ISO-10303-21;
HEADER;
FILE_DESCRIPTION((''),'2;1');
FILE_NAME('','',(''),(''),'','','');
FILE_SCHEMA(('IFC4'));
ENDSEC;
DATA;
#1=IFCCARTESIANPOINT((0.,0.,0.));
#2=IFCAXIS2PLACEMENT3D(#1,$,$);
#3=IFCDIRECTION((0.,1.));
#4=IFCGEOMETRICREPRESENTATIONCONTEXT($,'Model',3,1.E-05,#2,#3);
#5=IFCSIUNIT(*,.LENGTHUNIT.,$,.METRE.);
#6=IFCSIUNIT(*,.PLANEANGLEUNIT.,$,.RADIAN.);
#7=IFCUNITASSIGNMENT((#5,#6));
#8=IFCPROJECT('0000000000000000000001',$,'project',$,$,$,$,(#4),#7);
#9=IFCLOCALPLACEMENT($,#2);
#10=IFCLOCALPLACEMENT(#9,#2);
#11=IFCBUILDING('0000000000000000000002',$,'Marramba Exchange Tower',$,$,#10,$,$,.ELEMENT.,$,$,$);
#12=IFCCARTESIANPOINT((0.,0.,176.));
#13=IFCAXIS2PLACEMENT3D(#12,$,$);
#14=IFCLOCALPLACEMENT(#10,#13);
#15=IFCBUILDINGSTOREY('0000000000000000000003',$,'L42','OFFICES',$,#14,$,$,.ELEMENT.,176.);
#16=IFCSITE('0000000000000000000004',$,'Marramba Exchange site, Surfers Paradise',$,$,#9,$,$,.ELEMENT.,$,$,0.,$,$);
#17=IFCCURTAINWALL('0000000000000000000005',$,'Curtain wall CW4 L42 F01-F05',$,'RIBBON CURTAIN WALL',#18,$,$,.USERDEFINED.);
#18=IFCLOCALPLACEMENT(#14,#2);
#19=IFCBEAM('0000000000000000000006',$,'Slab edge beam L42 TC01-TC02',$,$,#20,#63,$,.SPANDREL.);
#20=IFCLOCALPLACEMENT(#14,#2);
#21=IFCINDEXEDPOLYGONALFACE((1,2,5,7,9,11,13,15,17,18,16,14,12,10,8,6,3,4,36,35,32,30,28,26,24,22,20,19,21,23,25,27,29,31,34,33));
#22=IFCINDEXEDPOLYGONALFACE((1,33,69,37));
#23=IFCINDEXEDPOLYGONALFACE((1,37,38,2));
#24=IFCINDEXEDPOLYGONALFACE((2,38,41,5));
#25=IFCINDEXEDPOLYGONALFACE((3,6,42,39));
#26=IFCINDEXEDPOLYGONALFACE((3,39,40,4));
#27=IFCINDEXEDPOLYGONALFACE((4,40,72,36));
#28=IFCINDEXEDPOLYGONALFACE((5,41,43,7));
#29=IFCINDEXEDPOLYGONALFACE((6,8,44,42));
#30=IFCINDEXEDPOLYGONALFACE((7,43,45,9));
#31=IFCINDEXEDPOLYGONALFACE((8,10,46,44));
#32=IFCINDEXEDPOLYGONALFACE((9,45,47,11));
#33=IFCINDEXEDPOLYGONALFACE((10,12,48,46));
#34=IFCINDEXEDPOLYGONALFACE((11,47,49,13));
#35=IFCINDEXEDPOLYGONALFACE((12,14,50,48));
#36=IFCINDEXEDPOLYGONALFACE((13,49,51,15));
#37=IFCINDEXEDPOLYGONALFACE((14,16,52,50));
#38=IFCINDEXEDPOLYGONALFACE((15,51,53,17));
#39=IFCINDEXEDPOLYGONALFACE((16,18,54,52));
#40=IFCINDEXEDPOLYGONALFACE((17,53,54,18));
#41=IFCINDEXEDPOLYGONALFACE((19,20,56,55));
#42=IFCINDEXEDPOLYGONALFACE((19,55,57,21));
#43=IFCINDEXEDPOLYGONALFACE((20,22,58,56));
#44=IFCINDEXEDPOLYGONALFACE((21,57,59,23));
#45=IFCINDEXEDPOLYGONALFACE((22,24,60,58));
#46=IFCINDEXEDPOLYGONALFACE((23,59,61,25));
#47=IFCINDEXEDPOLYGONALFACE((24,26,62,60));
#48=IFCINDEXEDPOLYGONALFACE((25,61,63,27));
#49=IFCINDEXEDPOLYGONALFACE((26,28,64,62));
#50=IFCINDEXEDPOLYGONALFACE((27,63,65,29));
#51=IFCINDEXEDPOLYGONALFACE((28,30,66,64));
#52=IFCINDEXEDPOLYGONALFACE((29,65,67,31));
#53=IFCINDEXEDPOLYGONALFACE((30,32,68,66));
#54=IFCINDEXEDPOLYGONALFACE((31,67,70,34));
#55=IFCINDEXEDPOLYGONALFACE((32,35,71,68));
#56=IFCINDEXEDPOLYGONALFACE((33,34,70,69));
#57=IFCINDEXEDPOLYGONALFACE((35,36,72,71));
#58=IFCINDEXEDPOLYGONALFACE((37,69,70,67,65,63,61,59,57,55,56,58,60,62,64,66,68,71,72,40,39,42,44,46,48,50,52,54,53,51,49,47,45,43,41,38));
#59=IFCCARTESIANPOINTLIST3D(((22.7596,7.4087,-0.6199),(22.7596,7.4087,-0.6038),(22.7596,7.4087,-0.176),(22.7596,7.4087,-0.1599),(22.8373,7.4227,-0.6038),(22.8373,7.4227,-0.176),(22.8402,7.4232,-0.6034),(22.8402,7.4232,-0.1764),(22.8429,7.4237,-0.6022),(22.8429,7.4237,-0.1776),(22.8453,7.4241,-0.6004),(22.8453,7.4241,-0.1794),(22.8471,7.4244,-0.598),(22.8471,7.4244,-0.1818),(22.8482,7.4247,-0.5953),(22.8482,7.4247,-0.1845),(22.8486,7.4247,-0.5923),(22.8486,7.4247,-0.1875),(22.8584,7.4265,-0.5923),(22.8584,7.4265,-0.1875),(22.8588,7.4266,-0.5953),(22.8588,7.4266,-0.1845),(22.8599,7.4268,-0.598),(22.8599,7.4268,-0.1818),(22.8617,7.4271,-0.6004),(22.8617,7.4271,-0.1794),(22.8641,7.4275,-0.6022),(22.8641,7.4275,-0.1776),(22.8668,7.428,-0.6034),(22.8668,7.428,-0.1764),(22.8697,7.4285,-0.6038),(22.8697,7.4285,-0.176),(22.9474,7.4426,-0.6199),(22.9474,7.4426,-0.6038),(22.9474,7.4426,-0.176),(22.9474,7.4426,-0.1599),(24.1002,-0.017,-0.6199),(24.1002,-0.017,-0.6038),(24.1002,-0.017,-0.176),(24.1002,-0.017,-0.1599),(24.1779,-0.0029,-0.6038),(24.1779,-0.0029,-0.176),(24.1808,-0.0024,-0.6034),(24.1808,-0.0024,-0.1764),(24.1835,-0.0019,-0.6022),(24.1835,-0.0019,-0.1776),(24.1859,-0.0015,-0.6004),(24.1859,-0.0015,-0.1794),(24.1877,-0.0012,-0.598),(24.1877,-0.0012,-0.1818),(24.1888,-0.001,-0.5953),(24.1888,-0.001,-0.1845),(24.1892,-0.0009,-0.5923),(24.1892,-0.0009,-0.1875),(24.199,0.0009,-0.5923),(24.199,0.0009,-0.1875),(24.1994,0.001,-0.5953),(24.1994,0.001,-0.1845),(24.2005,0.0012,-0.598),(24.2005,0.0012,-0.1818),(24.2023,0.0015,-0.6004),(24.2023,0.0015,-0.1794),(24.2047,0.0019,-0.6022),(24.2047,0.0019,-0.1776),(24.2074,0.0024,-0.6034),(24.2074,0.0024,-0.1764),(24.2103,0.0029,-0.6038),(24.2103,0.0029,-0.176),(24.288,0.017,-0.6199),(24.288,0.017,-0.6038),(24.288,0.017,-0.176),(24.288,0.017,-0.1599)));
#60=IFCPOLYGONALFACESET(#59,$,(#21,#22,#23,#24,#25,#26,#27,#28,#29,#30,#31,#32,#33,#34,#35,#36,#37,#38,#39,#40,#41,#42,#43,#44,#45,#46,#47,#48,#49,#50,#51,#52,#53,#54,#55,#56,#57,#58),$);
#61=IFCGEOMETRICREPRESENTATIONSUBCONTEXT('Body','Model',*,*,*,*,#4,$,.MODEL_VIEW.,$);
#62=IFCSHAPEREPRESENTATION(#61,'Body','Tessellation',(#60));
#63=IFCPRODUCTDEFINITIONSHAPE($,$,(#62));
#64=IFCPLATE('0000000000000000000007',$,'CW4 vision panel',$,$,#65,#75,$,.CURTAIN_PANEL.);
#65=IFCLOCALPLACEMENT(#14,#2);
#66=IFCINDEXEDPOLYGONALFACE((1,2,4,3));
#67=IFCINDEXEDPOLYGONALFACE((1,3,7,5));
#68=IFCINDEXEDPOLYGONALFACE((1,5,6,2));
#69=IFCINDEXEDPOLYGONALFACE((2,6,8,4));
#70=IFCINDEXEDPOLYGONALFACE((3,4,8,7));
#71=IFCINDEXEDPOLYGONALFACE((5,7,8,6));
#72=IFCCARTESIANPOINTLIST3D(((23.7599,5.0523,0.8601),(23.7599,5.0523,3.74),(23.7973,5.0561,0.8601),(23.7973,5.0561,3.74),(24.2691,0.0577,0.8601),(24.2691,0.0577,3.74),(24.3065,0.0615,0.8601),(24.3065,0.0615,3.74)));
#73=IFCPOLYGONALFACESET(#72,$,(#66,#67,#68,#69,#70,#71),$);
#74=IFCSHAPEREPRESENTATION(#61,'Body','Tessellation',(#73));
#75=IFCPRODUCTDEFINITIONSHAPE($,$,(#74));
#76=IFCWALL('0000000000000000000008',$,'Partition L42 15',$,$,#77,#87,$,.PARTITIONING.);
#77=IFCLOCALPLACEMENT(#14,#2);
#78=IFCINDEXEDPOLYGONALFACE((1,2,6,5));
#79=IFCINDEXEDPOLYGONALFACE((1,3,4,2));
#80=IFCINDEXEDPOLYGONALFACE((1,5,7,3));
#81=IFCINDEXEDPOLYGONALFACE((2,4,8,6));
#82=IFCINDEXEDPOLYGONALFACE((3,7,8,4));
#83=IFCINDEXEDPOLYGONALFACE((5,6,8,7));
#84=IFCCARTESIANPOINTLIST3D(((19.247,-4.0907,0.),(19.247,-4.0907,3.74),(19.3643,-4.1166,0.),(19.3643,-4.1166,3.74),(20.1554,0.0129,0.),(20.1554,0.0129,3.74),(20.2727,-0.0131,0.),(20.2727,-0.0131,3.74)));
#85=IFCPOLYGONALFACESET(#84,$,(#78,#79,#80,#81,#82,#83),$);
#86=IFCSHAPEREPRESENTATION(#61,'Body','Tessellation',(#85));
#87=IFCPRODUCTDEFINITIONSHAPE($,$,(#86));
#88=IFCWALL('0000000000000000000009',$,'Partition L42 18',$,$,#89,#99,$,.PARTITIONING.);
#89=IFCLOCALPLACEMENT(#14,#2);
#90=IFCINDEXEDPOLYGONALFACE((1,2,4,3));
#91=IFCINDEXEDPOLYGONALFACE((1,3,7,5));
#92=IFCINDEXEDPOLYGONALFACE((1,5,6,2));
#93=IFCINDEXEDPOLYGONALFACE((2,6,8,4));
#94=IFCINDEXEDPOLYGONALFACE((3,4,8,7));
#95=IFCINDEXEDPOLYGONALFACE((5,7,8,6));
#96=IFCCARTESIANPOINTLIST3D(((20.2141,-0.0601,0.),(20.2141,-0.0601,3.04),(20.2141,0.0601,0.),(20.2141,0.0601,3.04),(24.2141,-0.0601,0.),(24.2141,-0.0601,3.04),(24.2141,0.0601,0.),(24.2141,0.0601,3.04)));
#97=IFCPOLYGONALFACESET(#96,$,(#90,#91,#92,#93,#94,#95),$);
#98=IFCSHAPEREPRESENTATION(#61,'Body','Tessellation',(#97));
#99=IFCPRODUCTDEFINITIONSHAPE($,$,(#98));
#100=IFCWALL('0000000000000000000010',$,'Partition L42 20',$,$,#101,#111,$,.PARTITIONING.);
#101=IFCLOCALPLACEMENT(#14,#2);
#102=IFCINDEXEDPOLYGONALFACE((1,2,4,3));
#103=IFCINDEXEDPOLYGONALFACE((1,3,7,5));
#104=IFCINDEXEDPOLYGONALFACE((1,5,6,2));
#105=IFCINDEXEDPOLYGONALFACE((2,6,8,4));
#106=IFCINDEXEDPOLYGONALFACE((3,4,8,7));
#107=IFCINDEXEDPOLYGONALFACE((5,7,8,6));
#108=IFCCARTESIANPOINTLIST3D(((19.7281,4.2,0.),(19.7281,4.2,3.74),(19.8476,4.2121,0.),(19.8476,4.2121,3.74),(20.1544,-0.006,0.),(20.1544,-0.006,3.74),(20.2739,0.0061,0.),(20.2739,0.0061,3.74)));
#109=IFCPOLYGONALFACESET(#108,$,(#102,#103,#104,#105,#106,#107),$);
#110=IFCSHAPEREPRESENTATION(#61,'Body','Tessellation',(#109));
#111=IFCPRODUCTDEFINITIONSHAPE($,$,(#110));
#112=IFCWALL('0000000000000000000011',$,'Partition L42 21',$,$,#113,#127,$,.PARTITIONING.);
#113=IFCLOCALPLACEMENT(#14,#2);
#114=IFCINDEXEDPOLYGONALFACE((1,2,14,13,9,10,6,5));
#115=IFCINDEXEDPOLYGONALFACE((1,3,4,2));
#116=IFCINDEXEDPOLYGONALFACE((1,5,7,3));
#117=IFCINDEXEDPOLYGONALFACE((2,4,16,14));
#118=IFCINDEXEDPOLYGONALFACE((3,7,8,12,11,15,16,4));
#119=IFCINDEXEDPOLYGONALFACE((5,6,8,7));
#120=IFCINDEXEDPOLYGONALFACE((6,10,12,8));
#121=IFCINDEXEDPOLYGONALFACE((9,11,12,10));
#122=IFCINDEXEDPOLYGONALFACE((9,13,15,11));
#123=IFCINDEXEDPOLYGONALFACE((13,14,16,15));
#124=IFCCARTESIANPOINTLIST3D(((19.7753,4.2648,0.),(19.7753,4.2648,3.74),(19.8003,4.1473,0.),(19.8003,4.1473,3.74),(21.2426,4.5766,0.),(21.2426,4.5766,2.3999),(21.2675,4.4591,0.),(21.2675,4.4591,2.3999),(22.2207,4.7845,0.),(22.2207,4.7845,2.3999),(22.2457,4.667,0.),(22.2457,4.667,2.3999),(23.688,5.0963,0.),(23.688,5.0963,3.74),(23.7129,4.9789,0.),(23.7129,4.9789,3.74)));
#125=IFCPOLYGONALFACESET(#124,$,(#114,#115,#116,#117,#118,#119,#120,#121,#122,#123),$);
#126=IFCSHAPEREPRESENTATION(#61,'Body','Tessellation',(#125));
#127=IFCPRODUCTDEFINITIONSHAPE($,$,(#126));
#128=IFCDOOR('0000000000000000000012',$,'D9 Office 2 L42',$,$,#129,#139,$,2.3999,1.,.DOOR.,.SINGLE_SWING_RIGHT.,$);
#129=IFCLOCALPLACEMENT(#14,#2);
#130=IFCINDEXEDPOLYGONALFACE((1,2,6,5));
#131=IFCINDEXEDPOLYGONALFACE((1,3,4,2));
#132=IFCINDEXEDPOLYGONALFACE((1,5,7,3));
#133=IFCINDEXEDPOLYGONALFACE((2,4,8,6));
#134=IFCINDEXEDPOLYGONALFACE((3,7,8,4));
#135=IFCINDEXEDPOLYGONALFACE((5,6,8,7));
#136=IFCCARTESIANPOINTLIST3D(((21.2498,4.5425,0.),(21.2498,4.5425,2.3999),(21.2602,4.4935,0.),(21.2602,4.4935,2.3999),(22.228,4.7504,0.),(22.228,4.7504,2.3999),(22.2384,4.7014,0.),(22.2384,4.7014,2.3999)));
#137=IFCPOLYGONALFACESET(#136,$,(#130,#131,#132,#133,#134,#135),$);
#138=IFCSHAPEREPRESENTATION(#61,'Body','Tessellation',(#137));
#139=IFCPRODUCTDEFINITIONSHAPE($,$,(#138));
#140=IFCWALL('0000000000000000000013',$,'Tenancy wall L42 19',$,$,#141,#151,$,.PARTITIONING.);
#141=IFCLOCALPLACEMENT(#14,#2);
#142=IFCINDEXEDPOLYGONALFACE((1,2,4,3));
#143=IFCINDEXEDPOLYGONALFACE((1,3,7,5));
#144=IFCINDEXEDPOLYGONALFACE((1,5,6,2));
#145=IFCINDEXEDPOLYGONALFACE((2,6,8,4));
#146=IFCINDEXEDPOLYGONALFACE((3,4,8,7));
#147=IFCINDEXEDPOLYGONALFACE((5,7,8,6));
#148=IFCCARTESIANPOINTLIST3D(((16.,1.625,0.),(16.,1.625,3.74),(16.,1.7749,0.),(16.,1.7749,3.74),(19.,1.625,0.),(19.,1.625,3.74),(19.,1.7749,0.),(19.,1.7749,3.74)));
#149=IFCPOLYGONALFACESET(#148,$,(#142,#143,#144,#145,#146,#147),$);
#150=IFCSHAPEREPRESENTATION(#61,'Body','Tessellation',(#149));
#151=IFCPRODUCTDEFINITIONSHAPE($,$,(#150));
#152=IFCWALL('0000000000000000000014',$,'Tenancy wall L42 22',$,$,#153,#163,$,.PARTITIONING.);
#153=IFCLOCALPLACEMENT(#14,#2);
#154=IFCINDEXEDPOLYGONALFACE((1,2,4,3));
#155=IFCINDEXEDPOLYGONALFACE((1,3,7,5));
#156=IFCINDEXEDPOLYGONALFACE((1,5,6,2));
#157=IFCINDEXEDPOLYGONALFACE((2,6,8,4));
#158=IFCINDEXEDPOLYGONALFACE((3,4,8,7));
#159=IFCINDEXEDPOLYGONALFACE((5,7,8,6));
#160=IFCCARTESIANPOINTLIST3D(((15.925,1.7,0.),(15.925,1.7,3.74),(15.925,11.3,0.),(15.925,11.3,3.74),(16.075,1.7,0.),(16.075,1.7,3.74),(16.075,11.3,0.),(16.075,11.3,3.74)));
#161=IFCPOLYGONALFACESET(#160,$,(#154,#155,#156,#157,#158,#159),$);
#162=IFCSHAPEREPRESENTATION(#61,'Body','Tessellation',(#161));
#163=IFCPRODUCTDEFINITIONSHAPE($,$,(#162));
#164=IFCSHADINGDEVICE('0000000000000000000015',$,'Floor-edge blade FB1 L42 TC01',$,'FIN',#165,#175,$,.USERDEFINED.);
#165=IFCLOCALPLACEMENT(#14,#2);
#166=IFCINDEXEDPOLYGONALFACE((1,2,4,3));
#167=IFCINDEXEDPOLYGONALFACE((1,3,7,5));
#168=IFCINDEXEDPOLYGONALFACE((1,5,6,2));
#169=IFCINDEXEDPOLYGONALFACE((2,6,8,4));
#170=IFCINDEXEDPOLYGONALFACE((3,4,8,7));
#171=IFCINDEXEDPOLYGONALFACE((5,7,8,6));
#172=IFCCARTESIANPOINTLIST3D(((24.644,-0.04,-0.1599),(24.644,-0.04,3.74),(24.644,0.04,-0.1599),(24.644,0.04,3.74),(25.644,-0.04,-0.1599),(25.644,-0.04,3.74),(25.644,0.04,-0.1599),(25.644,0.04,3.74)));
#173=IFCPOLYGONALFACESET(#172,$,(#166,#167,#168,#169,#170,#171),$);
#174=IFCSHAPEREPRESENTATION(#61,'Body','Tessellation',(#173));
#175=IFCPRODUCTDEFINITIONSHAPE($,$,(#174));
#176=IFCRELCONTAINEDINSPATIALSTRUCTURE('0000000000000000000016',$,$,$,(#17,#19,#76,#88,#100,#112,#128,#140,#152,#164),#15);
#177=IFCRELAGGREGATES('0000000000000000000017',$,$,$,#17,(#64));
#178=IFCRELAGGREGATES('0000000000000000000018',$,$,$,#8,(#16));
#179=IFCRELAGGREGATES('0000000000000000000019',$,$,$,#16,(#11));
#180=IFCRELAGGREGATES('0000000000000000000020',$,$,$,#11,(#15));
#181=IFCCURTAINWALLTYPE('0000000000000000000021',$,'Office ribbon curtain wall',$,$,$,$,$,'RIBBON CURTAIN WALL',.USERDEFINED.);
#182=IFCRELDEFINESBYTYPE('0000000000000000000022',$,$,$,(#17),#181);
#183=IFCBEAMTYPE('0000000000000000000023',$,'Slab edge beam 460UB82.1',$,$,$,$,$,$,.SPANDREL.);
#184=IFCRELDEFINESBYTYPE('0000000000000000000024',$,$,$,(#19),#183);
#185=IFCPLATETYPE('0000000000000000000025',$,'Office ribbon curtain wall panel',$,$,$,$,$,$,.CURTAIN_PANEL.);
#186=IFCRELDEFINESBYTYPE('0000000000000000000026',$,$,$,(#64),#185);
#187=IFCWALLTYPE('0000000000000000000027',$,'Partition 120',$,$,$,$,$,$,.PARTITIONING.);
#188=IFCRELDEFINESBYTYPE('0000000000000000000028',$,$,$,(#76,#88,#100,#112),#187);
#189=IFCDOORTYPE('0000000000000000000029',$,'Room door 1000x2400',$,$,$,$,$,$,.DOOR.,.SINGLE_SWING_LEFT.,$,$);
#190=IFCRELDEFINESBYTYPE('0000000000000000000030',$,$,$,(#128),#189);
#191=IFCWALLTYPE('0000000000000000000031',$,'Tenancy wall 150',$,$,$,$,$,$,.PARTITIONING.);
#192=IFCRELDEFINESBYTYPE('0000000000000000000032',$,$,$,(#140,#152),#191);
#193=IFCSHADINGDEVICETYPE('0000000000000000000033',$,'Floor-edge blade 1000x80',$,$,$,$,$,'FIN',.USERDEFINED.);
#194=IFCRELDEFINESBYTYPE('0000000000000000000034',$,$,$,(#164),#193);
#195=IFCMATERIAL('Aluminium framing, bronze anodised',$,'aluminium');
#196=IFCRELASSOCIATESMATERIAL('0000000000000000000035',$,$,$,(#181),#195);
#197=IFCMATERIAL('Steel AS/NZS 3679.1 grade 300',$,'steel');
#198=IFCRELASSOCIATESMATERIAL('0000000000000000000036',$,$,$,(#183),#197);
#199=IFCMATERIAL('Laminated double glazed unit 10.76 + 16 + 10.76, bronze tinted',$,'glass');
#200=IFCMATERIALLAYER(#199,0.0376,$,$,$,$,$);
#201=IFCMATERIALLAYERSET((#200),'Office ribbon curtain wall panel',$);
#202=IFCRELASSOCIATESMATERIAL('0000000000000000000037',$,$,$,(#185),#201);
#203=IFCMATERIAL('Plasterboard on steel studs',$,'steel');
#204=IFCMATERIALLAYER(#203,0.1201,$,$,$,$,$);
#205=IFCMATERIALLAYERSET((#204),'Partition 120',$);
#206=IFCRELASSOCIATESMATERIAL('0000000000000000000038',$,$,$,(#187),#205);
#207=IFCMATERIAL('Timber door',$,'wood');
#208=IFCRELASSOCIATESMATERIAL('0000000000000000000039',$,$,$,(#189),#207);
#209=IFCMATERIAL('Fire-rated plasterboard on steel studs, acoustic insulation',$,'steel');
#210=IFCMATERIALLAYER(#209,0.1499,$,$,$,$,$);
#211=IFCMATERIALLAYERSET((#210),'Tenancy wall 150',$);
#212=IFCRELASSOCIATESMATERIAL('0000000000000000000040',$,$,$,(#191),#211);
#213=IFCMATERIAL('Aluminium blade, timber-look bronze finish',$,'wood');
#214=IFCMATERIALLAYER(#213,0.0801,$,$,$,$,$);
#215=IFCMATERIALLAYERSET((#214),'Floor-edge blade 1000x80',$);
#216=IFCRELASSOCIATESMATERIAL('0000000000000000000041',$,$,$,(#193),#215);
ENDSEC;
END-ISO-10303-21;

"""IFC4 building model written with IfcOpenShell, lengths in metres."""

from ifc_helpers import new_model, si_unit, direction, frame, frame_2d, origin, origin_2d, place, context, subcontext, project, spatial, rectangle, i_section, extrude, material, layer, layer_set, material_profile, profile_set, type_object, element, fill, aggregate, save


model = new_model("IFC4")

# Units and contexts
model_context = context("Model", 3, precision=1e-05, world=origin(), true_north=direction((0.0, 1.0)))
body_context = subcontext(model_context, "Body", "Model", "MODEL_VIEW")
ifc_project = project(units=[si_unit("LENGTHUNIT", "METRE"), si_unit("PLANEANGLEUNIT", "RADIAN")], contexts=[model_context])

# Site, building, storey
site_placement = place(None, origin())
site = spatial("IfcSite", under=ifc_project, at=site_placement, Name="Marramba Exchange site, Surfers Paradise", CompositionType="ELEMENT", RefElevation=0.0)
building_placement = place(site_placement, origin())
building = spatial("IfcBuilding", under=site, at=building_placement, Name="Marramba Exchange Tower", CompositionType="ELEMENT")
storey_placement = place(building_placement, frame((0.0, 0.0, 176.0)))
storey = spatial("IfcBuildingStorey", under=building, at=storey_placement, Name="L42", Description="OFFICES", CompositionType="ELEMENT", Elevation=176.0)

# Shared definitions
ifc_material_1 = material(Name="Steel AS/NZS 3679.1 grade 300", Category="steel")

# Curtain wall
ifc_material_2 = material(Name="Aluminium framing, bronze anodised", Category="aluminium")
curtain_wall_type = type_object("IfcCurtainWallType", Name="Office ribbon curtain wall", ElementType="RIBBON CURTAIN WALL", PredefinedType="USERDEFINED", material=ifc_material_2)
curtain_wall_placement = place(storey_placement, origin())
curtain_wall = element("IfcCurtainWall", 1, at=curtain_wall_placement, inside=storey, type_object=curtain_wall_type, Name="Curtain wall CW4 L42 F01-F05", ObjectType="RIBBON CURTAIN WALL", PredefinedType="USERDEFINED")

# Beam
ifc_material_profile_1 = material_profile(ifc_material_1, i_section(OverallWidth=0.1909, OverallDepth=0.46, WebThickness=0.01, FlangeThickness=0.0161, FilletRadius=0.0115, at=origin_2d()), Name="460UB82.1")
ifc_profile_set_1 = profile_set([ifc_material_profile_1], Name="Steel AS/NZS 3679.1 grade 300")
beam_type_1 = type_object("IfcBeamType", Name="Slab edge beam 460UB82.1", PredefinedType="SPANDREL", material=ifc_profile_set_1)
beam_1_placement = place(storey_placement, frame((24.1941, 0.0, -0.3899), z_axis=(-0.177664, 0.984091, 0.0), x_axis=(-0.984091, -0.177664, 0.0)))
element("IfcBeam", 2, at=beam_1_placement, inside=storey, type_object=beam_type_1, Name="Slab edge beam L42 TC01-TC02", PredefinedType="SPANDREL", context=body_context, shape_type="SweptSolid", body=[
    extrude(i_section(OverallWidth=0.1909, OverallDepth=0.46, WebThickness=0.01, FlangeThickness=0.0161, FilletRadius=0.0115, at=origin_2d()), origin(), (0.0, 0.0, 1.0), 7.5457),
])

# Plate
ifc_material_3 = material(Name="Laminated double glazed unit 10.76 + 16 + 10.76, bronze tinted", Category="glass")
ifc_layer_1 = layer(ifc_material_3, 0.0376)
ifc_layer_set_1 = layer_set([ifc_layer_1], Name="Office ribbon curtain wall panel")
plate_type = type_object("IfcPlateType", Name="Office ribbon curtain wall panel", PredefinedType="CURTAIN_PANEL", material=ifc_layer_set_1)
plate_placement = place(storey_placement, frame((24.0332, 2.5569, 0.8601), z_axis=(0.0, 0.0, 1.0), x_axis=(-0.101422, 0.994843, 0.0)))
plate = element("IfcPlate", 3, at=plate_placement, type_object=plate_type, Name="CW4 vision panel", PredefinedType="CURTAIN_PANEL", context=body_context, shape_type="SweptSolid", body=[
    extrude(rectangle(XDim=5.0205, YDim=0.0376, at=origin_2d()), origin(), (0.0, 0.0, 1.0), 2.8799),
])
aggregate(curtain_wall, [plate])

# Walls
ifc_material_4 = material(Name="Plasterboard on steel studs", Category="steel")
ifc_layer_2 = layer(ifc_material_4, 0.1201)
ifc_layer_set_2 = layer_set([ifc_layer_2], Name="Partition 120")
wall_type_1 = type_object("IfcWallType", Name="Partition 120", PredefinedType="PARTITIONING", material=ifc_layer_set_2)
wall_1_placement = place(storey_placement, frame((20.2141, 0.0, 0.0), z_axis=(0.0, 0.0, 1.0), x_axis=(-0.216149, -0.97636, 0.0)))
element("IfcWall", 4, at=wall_1_placement, inside=storey, type_object=wall_type_1, Name="Partition L42 15", PredefinedType="PARTITIONING", context=body_context, shape_type="SweptSolid", body=[
    extrude(rectangle(XDim=4.2029, YDim=0.1201, at=frame_2d((2.1016, 0.0))), origin(), (0.0, 0.0, 1.0), 3.74),
])
wall_2_placement = place(storey_placement, frame((20.2141, 0.0, 0.0), z_axis=(0.0, 0.0, 1.0), x_axis=(1.0, 0.0, 0.0)))
element("IfcWall", 5, at=wall_2_placement, inside=storey, type_object=wall_type_1, Name="Partition L42 18", PredefinedType="PARTITIONING", context=body_context, shape_type="SweptSolid", body=[
    extrude(rectangle(XDim=4.0, YDim=0.1201, at=frame_2d((2.0, 0.0))), origin(), (0.0, 0.0, 1.0), 3.04),
])
wall_3_placement = place(storey_placement, frame((19.7878, 4.2061, 0.0), z_axis=(0.0, 0.0, 1.0), x_axis=(0.10083, -0.994904, 0.0)))
element("IfcWall", 6, at=wall_3_placement, inside=storey, type_object=wall_type_1, Name="Partition L42 20", PredefinedType="PARTITIONING", context=body_context, shape_type="SweptSolid", body=[
    extrude(rectangle(XDim=4.2275, YDim=0.1201, at=frame_2d((2.1138, 0.0))), origin(), (0.0, 0.0, 1.0), 3.74),
])

# Wall, opening, door
wall_4_placement = place(storey_placement, frame((23.7004, 5.0376, 0.0), z_axis=(0.0, 0.0, 1.0), x_axis=(-0.978153, -0.207886, 0.0)))
wall_4 = element("IfcWall", 7, at=wall_4_placement, inside=storey, type_object=wall_type_1, Name="Partition L42 21", PredefinedType="PARTITIONING", context=body_context, shape_type="SweptSolid", body=[
    extrude(rectangle(XDim=4.0, YDim=0.1201, at=frame_2d((2.0, 0.0))), origin(), (0.0, 0.0, 1.0), 3.74),
])
opening_placement = place(wall_4_placement, frame((1.5, 0.0, 0.0)))
opening = element("IfcOpeningElement", 8, at=opening_placement, cuts=wall_4, PredefinedType="OPENING", context=body_context, shape_type="SweptSolid", body=[
    extrude(rectangle(XDim=1.0, YDim=2.3999, at=frame_2d((0.5, 1.2))), frame((0.0, 0.0701, 0.0), z_axis=(0.0, -1.0, 0.0), x_axis=(1.0, 0.0, 0.0)), (0.0, 0.0, 1.0), 0.1401),
])
ifc_material_5 = material(Name="Timber door", Category="wood")
door_type = type_object("IfcDoorType", Name="Room door 1000x2400", OperationType="SINGLE_SWING_LEFT", PredefinedType="DOOR", material=ifc_material_5)
door_placement = place(opening_placement, origin())
door = element("IfcDoor", 9, at=door_placement, inside=storey, type_object=door_type, Name="D9 Office 2 L42", OperationType="SINGLE_SWING_RIGHT", OverallHeight=2.3999, OverallWidth=1.0, PredefinedType="DOOR", context=body_context, shape_type="SweptSolid", body=[
    extrude(rectangle(XDim=1.0, YDim=2.3999, at=frame_2d((0.5, 1.2))), frame((0.0, 0.0249, 0.0), z_axis=(0.0, -1.0, 0.0), x_axis=(1.0, 0.0, 0.0)), (0.0, 0.0, 1.0), 0.05),
])
fill(opening, door)

# Walls
ifc_material_6 = material(Name="Fire-rated plasterboard on steel studs, acoustic insulation", Category="steel")
ifc_layer_3 = layer(ifc_material_6, 0.1499)
ifc_layer_set_3 = layer_set([ifc_layer_3], Name="Tenancy wall 150")
wall_type_2 = type_object("IfcWallType", Name="Tenancy wall 150", PredefinedType="PARTITIONING", material=ifc_layer_set_3)
wall_5_placement = place(storey_placement, frame((19.0, 1.7, 0.0), z_axis=(0.0, 0.0, 1.0), x_axis=(-1.0, 0.0, 0.0)))
element("IfcWall", 10, at=wall_5_placement, inside=storey, type_object=wall_type_2, Name="Tenancy wall L42 19", PredefinedType="PARTITIONING", context=body_context, shape_type="SweptSolid", body=[
    extrude(rectangle(XDim=3.0, YDim=0.1499, at=frame_2d((1.5, 0.0))), origin(), (0.0, 0.0, 1.0), 3.74),
])
wall_6_placement = place(storey_placement, frame((16.0, 1.7, 0.0), z_axis=(0.0, 0.0, 1.0), x_axis=(0.0, 1.0, 0.0)))
element("IfcWall", 11, at=wall_6_placement, inside=storey, type_object=wall_type_2, Name="Tenancy wall L42 22", PredefinedType="PARTITIONING", context=body_context, shape_type="SweptSolid", body=[
    extrude(rectangle(XDim=9.6001, YDim=0.1499, at=frame_2d((4.8, 0.0))), origin(), (0.0, 0.0, 1.0), 3.74),
])

# Shading device
ifc_material_7 = material(Name="Aluminium blade, timber-look bronze finish", Category="wood")
ifc_layer_4 = layer(ifc_material_7, 0.0801)
ifc_layer_set_4 = layer_set([ifc_layer_4], Name="Floor-edge blade 1000x80")
shading_device_type_1 = type_object("IfcShadingDeviceType", Name="Floor-edge blade 1000x80", ElementType="FIN", PredefinedType="USERDEFINED", material=ifc_layer_set_4)
shading_device_1_placement = place(storey_placement, frame((25.144, 0.0, -0.1599), z_axis=(0.0, 0.0, 1.0), x_axis=(1.0, 0.0, 0.0)))
element("IfcShadingDevice", 12, at=shading_device_1_placement, inside=storey, type_object=shading_device_type_1, Name="Floor-edge blade FB1 L42 TC01", ObjectType="FIN", PredefinedType="USERDEFINED", context=body_context, shape_type="SweptSolid", body=[
    extrude(rectangle(XDim=1.0, YDim=0.0801, at=origin_2d()), origin(), (0.0, 0.0, 1.0), 3.8999),
])

save(model, "model.ifc")
